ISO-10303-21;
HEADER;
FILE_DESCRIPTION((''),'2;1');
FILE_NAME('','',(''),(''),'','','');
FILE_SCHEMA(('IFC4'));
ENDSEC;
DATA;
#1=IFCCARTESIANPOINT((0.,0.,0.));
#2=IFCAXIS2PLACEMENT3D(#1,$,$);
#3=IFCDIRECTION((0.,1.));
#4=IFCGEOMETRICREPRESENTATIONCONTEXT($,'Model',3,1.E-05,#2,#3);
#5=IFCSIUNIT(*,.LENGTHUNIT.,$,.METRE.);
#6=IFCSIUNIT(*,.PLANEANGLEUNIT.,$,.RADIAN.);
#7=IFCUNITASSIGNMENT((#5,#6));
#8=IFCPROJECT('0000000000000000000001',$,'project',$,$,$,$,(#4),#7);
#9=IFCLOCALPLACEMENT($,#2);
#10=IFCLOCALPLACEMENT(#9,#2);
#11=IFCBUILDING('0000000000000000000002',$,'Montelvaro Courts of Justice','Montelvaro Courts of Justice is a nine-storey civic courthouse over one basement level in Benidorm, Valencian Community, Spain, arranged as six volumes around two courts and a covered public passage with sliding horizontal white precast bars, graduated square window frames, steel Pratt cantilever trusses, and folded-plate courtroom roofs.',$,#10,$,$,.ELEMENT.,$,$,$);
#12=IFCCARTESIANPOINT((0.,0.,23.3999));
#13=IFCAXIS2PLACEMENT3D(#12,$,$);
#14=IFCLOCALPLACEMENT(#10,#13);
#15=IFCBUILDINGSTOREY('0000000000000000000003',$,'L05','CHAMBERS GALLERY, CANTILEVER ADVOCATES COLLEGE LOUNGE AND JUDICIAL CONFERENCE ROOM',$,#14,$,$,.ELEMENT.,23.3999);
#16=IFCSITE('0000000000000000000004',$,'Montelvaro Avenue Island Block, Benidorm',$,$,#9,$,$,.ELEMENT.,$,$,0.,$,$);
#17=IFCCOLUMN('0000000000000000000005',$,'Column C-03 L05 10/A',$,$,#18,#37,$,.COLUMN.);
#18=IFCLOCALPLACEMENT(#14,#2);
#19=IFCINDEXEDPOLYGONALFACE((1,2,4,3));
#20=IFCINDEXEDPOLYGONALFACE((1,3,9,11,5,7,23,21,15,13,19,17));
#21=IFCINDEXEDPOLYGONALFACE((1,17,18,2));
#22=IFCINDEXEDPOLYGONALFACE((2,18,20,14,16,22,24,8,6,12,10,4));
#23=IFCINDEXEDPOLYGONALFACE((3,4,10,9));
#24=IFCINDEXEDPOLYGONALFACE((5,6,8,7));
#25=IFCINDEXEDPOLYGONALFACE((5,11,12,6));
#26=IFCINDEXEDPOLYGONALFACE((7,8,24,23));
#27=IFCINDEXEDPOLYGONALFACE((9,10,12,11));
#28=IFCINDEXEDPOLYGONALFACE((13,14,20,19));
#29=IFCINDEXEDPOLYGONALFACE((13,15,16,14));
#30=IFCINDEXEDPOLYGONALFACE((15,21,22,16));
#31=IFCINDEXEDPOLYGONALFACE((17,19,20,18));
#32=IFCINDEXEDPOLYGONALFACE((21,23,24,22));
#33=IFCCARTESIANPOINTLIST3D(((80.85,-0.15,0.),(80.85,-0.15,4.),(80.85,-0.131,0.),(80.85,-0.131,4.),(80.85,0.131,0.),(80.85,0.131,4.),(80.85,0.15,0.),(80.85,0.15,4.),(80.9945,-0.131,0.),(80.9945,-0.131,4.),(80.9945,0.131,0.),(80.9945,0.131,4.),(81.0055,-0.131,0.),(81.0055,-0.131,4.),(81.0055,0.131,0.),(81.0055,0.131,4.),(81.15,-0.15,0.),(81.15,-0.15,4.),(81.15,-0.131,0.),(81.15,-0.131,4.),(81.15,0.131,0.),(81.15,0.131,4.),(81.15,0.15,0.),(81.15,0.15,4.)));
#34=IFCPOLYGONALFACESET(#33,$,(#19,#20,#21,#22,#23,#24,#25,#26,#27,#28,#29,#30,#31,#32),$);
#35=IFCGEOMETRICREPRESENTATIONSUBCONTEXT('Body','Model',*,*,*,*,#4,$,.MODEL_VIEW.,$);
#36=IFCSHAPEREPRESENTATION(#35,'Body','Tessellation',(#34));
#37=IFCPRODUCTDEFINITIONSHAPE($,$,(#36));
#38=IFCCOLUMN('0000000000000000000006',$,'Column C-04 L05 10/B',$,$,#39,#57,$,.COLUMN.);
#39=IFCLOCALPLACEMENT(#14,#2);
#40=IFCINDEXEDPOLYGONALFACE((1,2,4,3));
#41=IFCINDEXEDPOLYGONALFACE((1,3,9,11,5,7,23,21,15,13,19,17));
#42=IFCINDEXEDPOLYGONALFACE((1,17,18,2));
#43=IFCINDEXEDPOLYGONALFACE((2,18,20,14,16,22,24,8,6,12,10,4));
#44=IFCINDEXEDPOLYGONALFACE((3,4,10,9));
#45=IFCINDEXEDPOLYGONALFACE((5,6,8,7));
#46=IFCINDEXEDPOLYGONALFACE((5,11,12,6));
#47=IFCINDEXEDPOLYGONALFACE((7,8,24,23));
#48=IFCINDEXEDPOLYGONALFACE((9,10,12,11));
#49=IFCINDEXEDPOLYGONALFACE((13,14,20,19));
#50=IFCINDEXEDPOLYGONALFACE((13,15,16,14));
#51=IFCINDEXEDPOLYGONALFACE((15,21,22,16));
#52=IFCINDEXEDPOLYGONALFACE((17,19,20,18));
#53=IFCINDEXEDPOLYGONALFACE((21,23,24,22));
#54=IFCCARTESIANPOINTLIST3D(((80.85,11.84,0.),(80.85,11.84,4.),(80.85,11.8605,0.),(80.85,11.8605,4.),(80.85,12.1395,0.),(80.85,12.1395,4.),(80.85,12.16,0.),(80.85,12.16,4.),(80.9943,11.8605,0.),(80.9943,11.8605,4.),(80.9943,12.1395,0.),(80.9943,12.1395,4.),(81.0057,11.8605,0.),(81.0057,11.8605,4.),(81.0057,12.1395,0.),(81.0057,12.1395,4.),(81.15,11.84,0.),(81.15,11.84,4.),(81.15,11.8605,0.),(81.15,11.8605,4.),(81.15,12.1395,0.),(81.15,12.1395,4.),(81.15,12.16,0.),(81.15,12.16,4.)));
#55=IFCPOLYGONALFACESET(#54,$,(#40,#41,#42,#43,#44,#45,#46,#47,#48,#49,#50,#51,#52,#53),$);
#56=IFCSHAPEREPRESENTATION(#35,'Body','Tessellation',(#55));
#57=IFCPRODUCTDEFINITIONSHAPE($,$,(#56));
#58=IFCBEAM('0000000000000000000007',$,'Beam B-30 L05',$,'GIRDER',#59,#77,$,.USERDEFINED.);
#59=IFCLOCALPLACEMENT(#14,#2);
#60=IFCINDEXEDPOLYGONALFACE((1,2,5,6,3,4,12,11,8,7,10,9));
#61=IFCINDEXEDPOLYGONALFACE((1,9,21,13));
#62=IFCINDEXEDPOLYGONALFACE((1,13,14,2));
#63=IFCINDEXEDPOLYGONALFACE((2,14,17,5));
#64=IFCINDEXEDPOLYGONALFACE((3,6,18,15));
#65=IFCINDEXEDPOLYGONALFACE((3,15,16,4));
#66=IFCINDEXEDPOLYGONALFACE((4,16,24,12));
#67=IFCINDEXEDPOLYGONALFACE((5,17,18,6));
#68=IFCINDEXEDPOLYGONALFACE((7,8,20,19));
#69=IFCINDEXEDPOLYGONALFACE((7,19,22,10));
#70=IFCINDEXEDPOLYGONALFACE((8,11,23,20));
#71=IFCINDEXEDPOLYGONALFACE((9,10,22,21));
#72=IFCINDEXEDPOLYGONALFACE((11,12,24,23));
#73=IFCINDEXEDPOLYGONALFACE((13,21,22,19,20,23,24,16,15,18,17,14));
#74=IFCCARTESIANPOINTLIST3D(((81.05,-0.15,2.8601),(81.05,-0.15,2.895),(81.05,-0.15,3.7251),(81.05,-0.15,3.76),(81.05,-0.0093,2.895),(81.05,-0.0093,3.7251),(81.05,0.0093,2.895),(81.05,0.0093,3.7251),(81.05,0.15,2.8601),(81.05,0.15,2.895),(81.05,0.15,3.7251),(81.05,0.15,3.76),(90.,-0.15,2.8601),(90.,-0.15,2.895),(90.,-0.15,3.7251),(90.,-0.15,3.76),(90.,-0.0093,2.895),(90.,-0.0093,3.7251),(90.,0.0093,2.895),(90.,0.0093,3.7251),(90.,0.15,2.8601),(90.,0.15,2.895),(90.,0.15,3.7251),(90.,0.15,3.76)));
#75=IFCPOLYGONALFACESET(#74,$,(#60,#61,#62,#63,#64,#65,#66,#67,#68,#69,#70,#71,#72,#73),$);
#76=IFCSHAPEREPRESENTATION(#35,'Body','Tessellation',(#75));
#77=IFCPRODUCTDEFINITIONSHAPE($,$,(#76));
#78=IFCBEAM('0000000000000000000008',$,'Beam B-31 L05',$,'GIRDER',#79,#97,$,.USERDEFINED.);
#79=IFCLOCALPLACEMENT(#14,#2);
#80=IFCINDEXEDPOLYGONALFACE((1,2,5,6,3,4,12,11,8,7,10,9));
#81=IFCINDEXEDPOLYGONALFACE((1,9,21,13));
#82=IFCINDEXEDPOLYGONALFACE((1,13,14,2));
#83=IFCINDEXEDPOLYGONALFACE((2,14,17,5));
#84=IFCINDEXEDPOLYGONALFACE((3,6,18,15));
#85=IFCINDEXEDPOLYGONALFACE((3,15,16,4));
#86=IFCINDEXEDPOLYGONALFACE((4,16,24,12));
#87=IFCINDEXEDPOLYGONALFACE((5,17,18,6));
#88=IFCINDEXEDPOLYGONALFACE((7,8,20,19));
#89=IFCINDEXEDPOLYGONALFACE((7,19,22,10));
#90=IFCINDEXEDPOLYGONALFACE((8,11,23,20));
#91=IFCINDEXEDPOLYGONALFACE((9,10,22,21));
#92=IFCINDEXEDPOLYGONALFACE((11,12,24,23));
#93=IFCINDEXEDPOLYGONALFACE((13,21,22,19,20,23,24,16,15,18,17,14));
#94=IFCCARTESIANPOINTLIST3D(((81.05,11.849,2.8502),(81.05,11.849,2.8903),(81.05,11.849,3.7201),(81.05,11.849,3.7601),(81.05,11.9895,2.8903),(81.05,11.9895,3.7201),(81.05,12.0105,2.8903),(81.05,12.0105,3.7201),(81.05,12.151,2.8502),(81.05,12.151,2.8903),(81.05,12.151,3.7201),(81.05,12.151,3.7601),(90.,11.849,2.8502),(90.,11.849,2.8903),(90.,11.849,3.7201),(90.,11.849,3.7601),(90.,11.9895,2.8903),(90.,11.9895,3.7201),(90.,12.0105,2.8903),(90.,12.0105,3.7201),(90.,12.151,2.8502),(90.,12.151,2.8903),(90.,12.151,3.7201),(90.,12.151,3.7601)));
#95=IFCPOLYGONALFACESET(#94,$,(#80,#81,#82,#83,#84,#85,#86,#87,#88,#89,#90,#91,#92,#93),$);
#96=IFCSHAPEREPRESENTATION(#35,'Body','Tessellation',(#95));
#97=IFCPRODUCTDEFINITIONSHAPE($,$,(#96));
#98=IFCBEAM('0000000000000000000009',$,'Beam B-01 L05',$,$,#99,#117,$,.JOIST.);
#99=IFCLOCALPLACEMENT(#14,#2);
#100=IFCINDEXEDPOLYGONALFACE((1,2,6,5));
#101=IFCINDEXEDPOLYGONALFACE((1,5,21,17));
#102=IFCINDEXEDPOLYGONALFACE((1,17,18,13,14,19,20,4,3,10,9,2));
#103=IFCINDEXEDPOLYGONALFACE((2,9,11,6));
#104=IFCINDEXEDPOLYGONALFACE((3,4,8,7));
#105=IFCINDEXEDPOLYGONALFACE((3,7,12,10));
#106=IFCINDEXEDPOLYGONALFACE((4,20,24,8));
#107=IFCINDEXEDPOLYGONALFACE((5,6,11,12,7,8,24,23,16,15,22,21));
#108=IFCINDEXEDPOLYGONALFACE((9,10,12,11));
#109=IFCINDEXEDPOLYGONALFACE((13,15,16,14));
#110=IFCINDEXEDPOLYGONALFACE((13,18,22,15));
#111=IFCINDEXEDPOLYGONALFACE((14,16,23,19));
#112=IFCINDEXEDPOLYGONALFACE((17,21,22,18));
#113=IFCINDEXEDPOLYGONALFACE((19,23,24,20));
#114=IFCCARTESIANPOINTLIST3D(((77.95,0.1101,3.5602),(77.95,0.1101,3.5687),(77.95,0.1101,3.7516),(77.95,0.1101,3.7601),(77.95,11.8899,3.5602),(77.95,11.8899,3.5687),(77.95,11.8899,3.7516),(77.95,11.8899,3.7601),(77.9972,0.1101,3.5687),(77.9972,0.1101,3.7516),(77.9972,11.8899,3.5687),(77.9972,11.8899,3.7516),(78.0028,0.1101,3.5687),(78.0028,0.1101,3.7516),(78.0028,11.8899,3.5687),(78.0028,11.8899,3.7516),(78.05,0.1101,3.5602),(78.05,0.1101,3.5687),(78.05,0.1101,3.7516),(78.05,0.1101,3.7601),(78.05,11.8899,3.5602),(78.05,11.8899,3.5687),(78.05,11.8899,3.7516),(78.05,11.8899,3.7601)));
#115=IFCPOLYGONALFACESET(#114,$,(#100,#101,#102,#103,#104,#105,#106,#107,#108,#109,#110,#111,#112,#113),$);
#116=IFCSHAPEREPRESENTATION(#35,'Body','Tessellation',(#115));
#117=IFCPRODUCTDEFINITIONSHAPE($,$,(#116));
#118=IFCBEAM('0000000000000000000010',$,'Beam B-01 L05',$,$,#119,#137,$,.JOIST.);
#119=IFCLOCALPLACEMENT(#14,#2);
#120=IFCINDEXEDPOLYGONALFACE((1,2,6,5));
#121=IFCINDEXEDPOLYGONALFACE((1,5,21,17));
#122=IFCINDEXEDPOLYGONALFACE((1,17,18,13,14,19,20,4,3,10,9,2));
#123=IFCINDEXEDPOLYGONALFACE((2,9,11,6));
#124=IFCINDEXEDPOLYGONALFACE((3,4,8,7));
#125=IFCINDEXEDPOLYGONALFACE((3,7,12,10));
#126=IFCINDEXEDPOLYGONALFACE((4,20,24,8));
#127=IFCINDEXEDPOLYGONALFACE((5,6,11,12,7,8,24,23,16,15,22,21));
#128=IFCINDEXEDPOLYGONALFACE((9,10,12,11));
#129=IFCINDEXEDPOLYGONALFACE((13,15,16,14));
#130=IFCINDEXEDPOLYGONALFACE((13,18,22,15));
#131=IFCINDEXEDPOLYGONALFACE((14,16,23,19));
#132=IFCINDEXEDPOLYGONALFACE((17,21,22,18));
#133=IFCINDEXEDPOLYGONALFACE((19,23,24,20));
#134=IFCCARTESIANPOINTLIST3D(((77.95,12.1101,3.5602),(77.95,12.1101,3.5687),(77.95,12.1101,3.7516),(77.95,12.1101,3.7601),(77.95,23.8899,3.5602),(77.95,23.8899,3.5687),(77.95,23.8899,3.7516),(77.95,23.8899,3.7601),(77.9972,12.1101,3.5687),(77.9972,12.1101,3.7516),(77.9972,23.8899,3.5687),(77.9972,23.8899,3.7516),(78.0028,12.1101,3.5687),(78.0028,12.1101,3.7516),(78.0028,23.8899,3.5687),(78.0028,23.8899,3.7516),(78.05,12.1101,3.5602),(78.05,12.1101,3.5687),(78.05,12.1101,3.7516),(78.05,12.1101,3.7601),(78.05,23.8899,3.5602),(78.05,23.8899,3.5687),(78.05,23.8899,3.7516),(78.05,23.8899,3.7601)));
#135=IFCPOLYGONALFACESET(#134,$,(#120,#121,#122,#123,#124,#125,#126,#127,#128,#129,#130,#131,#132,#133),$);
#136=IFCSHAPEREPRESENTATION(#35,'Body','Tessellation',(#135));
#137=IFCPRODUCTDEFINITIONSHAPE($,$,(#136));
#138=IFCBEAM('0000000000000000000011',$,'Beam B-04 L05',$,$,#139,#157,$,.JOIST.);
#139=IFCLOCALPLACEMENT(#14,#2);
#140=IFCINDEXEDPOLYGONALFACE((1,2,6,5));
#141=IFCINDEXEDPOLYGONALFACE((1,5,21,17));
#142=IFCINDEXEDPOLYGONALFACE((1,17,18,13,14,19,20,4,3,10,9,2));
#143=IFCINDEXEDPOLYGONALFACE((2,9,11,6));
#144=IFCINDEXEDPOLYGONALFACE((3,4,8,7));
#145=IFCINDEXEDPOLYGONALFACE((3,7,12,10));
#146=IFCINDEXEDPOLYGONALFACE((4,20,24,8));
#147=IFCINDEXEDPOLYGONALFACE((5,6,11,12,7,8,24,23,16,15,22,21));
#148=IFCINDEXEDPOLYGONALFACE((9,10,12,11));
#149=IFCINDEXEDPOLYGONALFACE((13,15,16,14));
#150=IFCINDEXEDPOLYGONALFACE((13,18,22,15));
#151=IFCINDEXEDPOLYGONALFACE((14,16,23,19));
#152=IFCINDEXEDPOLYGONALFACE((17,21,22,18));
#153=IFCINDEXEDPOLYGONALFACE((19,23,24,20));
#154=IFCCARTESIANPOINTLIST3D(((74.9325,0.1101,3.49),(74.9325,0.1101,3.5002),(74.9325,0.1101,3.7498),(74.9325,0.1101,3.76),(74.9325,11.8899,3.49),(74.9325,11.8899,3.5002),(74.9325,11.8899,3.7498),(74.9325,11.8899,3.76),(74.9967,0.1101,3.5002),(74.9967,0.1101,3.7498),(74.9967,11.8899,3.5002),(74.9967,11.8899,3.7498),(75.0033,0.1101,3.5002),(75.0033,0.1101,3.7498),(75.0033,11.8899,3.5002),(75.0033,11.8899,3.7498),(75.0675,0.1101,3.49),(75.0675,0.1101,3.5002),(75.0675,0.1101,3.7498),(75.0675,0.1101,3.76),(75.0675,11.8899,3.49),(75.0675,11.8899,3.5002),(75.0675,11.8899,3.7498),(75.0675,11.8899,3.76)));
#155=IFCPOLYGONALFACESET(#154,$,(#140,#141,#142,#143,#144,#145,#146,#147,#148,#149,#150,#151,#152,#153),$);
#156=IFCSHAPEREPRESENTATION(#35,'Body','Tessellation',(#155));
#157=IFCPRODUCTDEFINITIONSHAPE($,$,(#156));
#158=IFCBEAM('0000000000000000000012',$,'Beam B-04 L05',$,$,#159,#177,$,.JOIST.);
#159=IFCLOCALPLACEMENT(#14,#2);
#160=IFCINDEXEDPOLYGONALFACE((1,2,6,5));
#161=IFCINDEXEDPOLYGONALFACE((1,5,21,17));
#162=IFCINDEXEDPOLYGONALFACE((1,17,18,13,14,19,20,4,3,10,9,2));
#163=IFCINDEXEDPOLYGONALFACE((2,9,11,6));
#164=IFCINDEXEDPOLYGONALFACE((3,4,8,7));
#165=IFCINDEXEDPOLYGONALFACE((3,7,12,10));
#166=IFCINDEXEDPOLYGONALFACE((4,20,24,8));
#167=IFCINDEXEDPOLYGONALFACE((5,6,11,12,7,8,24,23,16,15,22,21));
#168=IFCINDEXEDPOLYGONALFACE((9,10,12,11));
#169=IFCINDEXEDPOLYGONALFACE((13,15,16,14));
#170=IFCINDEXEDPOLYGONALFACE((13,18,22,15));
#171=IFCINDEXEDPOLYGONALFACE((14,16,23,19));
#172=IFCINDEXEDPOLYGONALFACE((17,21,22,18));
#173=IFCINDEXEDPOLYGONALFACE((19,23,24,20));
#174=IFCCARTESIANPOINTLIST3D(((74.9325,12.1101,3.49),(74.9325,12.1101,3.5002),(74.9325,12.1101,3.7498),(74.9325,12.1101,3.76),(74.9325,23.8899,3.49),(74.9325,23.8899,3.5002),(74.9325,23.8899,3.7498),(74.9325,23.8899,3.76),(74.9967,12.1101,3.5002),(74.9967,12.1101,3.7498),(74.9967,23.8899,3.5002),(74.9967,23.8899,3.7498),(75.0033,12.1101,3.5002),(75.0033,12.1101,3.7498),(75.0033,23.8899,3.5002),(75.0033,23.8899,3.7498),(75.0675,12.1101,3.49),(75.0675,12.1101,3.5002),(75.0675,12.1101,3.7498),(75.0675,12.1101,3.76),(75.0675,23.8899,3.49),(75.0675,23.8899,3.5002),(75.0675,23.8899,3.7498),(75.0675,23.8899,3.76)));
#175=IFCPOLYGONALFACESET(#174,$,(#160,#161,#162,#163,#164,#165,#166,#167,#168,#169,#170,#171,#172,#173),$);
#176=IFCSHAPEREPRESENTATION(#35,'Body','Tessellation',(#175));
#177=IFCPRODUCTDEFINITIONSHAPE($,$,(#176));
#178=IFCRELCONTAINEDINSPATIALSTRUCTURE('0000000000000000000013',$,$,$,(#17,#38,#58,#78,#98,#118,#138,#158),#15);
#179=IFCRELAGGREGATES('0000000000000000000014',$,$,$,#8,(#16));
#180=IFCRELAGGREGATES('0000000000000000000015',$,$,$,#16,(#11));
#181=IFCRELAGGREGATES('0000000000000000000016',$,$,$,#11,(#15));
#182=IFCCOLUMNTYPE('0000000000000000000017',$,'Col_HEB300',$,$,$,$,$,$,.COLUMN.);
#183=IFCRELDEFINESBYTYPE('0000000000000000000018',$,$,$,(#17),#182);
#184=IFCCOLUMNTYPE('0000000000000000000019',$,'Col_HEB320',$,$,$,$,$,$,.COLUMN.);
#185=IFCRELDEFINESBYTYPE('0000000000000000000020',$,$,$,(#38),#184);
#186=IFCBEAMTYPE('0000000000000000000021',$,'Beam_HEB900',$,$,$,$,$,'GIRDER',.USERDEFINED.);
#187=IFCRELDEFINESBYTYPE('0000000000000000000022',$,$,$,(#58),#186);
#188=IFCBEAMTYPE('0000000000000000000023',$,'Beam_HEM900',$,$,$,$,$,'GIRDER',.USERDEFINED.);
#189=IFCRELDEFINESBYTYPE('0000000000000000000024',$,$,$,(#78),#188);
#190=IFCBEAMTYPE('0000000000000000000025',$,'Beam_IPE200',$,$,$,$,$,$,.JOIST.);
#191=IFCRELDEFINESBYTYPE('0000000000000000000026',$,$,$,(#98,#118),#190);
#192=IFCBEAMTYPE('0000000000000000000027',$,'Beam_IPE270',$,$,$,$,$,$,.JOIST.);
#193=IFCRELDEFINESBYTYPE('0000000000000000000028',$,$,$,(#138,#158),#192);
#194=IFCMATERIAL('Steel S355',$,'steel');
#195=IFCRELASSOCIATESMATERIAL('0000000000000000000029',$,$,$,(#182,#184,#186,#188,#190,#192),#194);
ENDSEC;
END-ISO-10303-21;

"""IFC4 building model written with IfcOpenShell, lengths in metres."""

from ifc_helpers import new_model, si_unit, direction, frame, origin, origin_2d, place, context, subcontext, project, spatial, i_section, extrude, material, material_profile, profile_set, type_object, element, save


model = new_model("IFC4")

# Units and contexts
model_context = context("Model", 3, precision=1e-05, world=origin(), true_north=direction((0.0, 1.0)))
body_context = subcontext(model_context, "Body", "Model", "MODEL_VIEW")
ifc_project = project(units=[si_unit("LENGTHUNIT", "METRE"), si_unit("PLANEANGLEUNIT", "RADIAN")], contexts=[model_context])

# Site, building, storey
site_placement = place(None, origin())
site = spatial("IfcSite", under=ifc_project, at=site_placement, Name="Montelvaro Avenue Island Block, Benidorm", CompositionType="ELEMENT", RefElevation=0.0)
building_placement = place(site_placement, origin())
building = spatial("IfcBuilding", under=site, at=building_placement, Name="Montelvaro Courts of Justice", Description="Montelvaro Courts of Justice is a nine-storey civic courthouse over one basement level in Benidorm, Valencian Community, Spain, arranged as six volumes around two courts and a covered public passage with sliding horizontal white precast bars, graduated square window frames, steel Pratt cantilever trusses, and folded-plate courtroom roofs.", CompositionType="ELEMENT")
storey_placement = place(building_placement, frame((0.0, 0.0, 23.3999)))
storey = spatial("IfcBuildingStorey", under=building, at=storey_placement, Name="L05", Description="CHAMBERS GALLERY, CANTILEVER ADVOCATES COLLEGE LOUNGE AND JUDICIAL CONFERENCE ROOM", CompositionType="ELEMENT", Elevation=23.3999)

# Columns
ifc_material_1 = material(Name="Steel S355", Category="steel")
ifc_material_profile_1 = material_profile(ifc_material_1, i_section(OverallWidth=0.3, OverallDepth=0.3, WebThickness=0.011, FlangeThickness=0.019, at=origin_2d()), Name="HEB 300")
ifc_profile_set_1 = profile_set([ifc_material_profile_1], Name="Steel S355")
column_type_1 = type_object("IfcColumnType", Name="Col_HEB300", PredefinedType="COLUMN", material=ifc_profile_set_1)
column_1_placement = place(storey_placement, frame((81.0, 0.0, 0.0), z_axis=(0.0, 0.0, 1.0), x_axis=(1.0, 0.0, 0.0)))
element("IfcColumn", 1, at=column_1_placement, inside=storey, type_object=column_type_1, Name="Column C-03 L05 10/A", PredefinedType="COLUMN", context=body_context, shape_type="SweptSolid", body=[
    extrude(i_section(OverallWidth=0.3, OverallDepth=0.3, WebThickness=0.011, FlangeThickness=0.019, at=origin_2d()), origin(), (0.0, 0.0, 1.0), 4.0),
])
ifc_material_profile_2 = material_profile(ifc_material_1, i_section(OverallWidth=0.3, OverallDepth=0.3201, WebThickness=0.0115, FlangeThickness=0.0205, at=origin_2d()), Name="HEB 320")
ifc_profile_set_2 = profile_set([ifc_material_profile_2], Name="Steel S355")
column_type_2 = type_object("IfcColumnType", Name="Col_HEB320", PredefinedType="COLUMN", material=ifc_profile_set_2)
column_2_placement = place(storey_placement, frame((81.0, 12.0, 0.0), z_axis=(0.0, 0.0, 1.0), x_axis=(1.0, 0.0, 0.0)))
element("IfcColumn", 2, at=column_2_placement, inside=storey, type_object=column_type_2, Name="Column C-04 L05 10/B", PredefinedType="COLUMN", context=body_context, shape_type="SweptSolid", body=[
    extrude(i_section(OverallWidth=0.3, OverallDepth=0.3201, WebThickness=0.0115, FlangeThickness=0.0205, at=origin_2d()), origin(), (0.0, 0.0, 1.0), 4.0),
])

# Beams
ifc_material_profile_3 = material_profile(ifc_material_1, i_section(OverallWidth=0.3, OverallDepth=0.8999, WebThickness=0.0186, FlangeThickness=0.0349, at=origin_2d()), Name="HEB 900")
ifc_profile_set_3 = profile_set([ifc_material_profile_3], Name="Steel S355")
beam_type_1 = type_object("IfcBeamType", Name="Beam_HEB900", ElementType="GIRDER", PredefinedType="USERDEFINED", material=ifc_profile_set_3)
beam_1_placement = place(storey_placement, frame((81.05, 0.0, 3.3101), z_axis=(1.0, 0.0, 0.0), x_axis=(0.0, 1.0, 0.0)))
element("IfcBeam", 3, at=beam_1_placement, inside=storey, type_object=beam_type_1, Name="Beam B-30 L05", ObjectType="GIRDER", PredefinedType="USERDEFINED", context=body_context, shape_type="SweptSolid", body=[
    extrude(i_section(OverallWidth=0.3, OverallDepth=0.8999, WebThickness=0.0186, FlangeThickness=0.0349, at=origin_2d()), origin(), (0.0, 0.0, 1.0), 8.95),
])
ifc_material_profile_4 = material_profile(ifc_material_1, i_section(OverallWidth=0.302, OverallDepth=0.9099, WebThickness=0.021, FlangeThickness=0.04, at=origin_2d()), Name="HEM 900")
ifc_profile_set_4 = profile_set([ifc_material_profile_4], Name="Steel S355")
beam_type_2 = type_object("IfcBeamType", Name="Beam_HEM900", ElementType="GIRDER", PredefinedType="USERDEFINED", material=ifc_profile_set_4)
beam_2_placement = place(storey_placement, frame((81.05, 12.0, 3.3052), z_axis=(1.0, 0.0, 0.0), x_axis=(0.0, 1.0, 0.0)))
element("IfcBeam", 4, at=beam_2_placement, inside=storey, type_object=beam_type_2, Name="Beam B-31 L05", ObjectType="GIRDER", PredefinedType="USERDEFINED", context=body_context, shape_type="SweptSolid", body=[
    extrude(i_section(OverallWidth=0.302, OverallDepth=0.9099, WebThickness=0.021, FlangeThickness=0.04, at=origin_2d()), origin(), (0.0, 0.0, 1.0), 8.95),
])
ifc_material_profile_5 = material_profile(ifc_material_1, i_section(OverallWidth=0.1001, OverallDepth=0.2, WebThickness=0.0056, FlangeThickness=0.0085, at=origin_2d()), Name="IPE 200")
ifc_profile_set_5 = profile_set([ifc_material_profile_5], Name="Steel S355")
beam_type_3 = type_object("IfcBeamType", Name="Beam_IPE200", PredefinedType="JOIST", material=ifc_profile_set_5)
for number, where, z_axis, x_axis, name in (
    (5, (78.0, 0.1101, 3.6602), (0.0, 1.0, 0.0), (-1.0, 0.0, 0.0), "Beam B-01 L05"),
    (6, (78.0, 12.1101, 3.6602), (0.0, 1.0, 0.0), (-1.0, 0.0, 0.0), "Beam B-01 L05"),
):
    element("IfcBeam", number, at=place(storey_placement, frame(where, z_axis=z_axis, x_axis=x_axis)), inside=storey, type_object=beam_type_3, Name=name, PredefinedType="JOIST", context=body_context, shape_type="SweptSolid", body=[
        extrude(i_section(OverallWidth=0.1001, OverallDepth=0.2, WebThickness=0.0056, FlangeThickness=0.0085, at=origin_2d()), origin(), (0.0, 0.0, 1.0), 11.7798),
    ])
ifc_material_profile_6 = material_profile(ifc_material_1, i_section(OverallWidth=0.135, OverallDepth=0.27, WebThickness=0.0066, FlangeThickness=0.0103, at=origin_2d()), Name="IPE 270")
ifc_profile_set_6 = profile_set([ifc_material_profile_6], Name="Steel S355")
beam_type_4 = type_object("IfcBeamType", Name="Beam_IPE270", PredefinedType="JOIST", material=ifc_profile_set_6)
for number, where, z_axis, x_axis, name in (
    (7, (75.0, 0.1101, 3.625), (0.0, 1.0, 0.0), (-1.0, 0.0, 0.0), "Beam B-04 L05"),
    (8, (75.0, 12.1101, 3.625), (0.0, 1.0, 0.0), (-1.0, 0.0, 0.0), "Beam B-04 L05"),
):
    element("IfcBeam", number, at=place(storey_placement, frame(where, z_axis=z_axis, x_axis=x_axis)), inside=storey, type_object=beam_type_4, Name=name, PredefinedType="JOIST", context=body_context, shape_type="SweptSolid", body=[
        extrude(i_section(OverallWidth=0.135, OverallDepth=0.27, WebThickness=0.0066, FlangeThickness=0.0103, at=origin_2d()), origin(), (0.0, 0.0, 1.0), 11.7798),
    ])

save(model, "model.ifc")
